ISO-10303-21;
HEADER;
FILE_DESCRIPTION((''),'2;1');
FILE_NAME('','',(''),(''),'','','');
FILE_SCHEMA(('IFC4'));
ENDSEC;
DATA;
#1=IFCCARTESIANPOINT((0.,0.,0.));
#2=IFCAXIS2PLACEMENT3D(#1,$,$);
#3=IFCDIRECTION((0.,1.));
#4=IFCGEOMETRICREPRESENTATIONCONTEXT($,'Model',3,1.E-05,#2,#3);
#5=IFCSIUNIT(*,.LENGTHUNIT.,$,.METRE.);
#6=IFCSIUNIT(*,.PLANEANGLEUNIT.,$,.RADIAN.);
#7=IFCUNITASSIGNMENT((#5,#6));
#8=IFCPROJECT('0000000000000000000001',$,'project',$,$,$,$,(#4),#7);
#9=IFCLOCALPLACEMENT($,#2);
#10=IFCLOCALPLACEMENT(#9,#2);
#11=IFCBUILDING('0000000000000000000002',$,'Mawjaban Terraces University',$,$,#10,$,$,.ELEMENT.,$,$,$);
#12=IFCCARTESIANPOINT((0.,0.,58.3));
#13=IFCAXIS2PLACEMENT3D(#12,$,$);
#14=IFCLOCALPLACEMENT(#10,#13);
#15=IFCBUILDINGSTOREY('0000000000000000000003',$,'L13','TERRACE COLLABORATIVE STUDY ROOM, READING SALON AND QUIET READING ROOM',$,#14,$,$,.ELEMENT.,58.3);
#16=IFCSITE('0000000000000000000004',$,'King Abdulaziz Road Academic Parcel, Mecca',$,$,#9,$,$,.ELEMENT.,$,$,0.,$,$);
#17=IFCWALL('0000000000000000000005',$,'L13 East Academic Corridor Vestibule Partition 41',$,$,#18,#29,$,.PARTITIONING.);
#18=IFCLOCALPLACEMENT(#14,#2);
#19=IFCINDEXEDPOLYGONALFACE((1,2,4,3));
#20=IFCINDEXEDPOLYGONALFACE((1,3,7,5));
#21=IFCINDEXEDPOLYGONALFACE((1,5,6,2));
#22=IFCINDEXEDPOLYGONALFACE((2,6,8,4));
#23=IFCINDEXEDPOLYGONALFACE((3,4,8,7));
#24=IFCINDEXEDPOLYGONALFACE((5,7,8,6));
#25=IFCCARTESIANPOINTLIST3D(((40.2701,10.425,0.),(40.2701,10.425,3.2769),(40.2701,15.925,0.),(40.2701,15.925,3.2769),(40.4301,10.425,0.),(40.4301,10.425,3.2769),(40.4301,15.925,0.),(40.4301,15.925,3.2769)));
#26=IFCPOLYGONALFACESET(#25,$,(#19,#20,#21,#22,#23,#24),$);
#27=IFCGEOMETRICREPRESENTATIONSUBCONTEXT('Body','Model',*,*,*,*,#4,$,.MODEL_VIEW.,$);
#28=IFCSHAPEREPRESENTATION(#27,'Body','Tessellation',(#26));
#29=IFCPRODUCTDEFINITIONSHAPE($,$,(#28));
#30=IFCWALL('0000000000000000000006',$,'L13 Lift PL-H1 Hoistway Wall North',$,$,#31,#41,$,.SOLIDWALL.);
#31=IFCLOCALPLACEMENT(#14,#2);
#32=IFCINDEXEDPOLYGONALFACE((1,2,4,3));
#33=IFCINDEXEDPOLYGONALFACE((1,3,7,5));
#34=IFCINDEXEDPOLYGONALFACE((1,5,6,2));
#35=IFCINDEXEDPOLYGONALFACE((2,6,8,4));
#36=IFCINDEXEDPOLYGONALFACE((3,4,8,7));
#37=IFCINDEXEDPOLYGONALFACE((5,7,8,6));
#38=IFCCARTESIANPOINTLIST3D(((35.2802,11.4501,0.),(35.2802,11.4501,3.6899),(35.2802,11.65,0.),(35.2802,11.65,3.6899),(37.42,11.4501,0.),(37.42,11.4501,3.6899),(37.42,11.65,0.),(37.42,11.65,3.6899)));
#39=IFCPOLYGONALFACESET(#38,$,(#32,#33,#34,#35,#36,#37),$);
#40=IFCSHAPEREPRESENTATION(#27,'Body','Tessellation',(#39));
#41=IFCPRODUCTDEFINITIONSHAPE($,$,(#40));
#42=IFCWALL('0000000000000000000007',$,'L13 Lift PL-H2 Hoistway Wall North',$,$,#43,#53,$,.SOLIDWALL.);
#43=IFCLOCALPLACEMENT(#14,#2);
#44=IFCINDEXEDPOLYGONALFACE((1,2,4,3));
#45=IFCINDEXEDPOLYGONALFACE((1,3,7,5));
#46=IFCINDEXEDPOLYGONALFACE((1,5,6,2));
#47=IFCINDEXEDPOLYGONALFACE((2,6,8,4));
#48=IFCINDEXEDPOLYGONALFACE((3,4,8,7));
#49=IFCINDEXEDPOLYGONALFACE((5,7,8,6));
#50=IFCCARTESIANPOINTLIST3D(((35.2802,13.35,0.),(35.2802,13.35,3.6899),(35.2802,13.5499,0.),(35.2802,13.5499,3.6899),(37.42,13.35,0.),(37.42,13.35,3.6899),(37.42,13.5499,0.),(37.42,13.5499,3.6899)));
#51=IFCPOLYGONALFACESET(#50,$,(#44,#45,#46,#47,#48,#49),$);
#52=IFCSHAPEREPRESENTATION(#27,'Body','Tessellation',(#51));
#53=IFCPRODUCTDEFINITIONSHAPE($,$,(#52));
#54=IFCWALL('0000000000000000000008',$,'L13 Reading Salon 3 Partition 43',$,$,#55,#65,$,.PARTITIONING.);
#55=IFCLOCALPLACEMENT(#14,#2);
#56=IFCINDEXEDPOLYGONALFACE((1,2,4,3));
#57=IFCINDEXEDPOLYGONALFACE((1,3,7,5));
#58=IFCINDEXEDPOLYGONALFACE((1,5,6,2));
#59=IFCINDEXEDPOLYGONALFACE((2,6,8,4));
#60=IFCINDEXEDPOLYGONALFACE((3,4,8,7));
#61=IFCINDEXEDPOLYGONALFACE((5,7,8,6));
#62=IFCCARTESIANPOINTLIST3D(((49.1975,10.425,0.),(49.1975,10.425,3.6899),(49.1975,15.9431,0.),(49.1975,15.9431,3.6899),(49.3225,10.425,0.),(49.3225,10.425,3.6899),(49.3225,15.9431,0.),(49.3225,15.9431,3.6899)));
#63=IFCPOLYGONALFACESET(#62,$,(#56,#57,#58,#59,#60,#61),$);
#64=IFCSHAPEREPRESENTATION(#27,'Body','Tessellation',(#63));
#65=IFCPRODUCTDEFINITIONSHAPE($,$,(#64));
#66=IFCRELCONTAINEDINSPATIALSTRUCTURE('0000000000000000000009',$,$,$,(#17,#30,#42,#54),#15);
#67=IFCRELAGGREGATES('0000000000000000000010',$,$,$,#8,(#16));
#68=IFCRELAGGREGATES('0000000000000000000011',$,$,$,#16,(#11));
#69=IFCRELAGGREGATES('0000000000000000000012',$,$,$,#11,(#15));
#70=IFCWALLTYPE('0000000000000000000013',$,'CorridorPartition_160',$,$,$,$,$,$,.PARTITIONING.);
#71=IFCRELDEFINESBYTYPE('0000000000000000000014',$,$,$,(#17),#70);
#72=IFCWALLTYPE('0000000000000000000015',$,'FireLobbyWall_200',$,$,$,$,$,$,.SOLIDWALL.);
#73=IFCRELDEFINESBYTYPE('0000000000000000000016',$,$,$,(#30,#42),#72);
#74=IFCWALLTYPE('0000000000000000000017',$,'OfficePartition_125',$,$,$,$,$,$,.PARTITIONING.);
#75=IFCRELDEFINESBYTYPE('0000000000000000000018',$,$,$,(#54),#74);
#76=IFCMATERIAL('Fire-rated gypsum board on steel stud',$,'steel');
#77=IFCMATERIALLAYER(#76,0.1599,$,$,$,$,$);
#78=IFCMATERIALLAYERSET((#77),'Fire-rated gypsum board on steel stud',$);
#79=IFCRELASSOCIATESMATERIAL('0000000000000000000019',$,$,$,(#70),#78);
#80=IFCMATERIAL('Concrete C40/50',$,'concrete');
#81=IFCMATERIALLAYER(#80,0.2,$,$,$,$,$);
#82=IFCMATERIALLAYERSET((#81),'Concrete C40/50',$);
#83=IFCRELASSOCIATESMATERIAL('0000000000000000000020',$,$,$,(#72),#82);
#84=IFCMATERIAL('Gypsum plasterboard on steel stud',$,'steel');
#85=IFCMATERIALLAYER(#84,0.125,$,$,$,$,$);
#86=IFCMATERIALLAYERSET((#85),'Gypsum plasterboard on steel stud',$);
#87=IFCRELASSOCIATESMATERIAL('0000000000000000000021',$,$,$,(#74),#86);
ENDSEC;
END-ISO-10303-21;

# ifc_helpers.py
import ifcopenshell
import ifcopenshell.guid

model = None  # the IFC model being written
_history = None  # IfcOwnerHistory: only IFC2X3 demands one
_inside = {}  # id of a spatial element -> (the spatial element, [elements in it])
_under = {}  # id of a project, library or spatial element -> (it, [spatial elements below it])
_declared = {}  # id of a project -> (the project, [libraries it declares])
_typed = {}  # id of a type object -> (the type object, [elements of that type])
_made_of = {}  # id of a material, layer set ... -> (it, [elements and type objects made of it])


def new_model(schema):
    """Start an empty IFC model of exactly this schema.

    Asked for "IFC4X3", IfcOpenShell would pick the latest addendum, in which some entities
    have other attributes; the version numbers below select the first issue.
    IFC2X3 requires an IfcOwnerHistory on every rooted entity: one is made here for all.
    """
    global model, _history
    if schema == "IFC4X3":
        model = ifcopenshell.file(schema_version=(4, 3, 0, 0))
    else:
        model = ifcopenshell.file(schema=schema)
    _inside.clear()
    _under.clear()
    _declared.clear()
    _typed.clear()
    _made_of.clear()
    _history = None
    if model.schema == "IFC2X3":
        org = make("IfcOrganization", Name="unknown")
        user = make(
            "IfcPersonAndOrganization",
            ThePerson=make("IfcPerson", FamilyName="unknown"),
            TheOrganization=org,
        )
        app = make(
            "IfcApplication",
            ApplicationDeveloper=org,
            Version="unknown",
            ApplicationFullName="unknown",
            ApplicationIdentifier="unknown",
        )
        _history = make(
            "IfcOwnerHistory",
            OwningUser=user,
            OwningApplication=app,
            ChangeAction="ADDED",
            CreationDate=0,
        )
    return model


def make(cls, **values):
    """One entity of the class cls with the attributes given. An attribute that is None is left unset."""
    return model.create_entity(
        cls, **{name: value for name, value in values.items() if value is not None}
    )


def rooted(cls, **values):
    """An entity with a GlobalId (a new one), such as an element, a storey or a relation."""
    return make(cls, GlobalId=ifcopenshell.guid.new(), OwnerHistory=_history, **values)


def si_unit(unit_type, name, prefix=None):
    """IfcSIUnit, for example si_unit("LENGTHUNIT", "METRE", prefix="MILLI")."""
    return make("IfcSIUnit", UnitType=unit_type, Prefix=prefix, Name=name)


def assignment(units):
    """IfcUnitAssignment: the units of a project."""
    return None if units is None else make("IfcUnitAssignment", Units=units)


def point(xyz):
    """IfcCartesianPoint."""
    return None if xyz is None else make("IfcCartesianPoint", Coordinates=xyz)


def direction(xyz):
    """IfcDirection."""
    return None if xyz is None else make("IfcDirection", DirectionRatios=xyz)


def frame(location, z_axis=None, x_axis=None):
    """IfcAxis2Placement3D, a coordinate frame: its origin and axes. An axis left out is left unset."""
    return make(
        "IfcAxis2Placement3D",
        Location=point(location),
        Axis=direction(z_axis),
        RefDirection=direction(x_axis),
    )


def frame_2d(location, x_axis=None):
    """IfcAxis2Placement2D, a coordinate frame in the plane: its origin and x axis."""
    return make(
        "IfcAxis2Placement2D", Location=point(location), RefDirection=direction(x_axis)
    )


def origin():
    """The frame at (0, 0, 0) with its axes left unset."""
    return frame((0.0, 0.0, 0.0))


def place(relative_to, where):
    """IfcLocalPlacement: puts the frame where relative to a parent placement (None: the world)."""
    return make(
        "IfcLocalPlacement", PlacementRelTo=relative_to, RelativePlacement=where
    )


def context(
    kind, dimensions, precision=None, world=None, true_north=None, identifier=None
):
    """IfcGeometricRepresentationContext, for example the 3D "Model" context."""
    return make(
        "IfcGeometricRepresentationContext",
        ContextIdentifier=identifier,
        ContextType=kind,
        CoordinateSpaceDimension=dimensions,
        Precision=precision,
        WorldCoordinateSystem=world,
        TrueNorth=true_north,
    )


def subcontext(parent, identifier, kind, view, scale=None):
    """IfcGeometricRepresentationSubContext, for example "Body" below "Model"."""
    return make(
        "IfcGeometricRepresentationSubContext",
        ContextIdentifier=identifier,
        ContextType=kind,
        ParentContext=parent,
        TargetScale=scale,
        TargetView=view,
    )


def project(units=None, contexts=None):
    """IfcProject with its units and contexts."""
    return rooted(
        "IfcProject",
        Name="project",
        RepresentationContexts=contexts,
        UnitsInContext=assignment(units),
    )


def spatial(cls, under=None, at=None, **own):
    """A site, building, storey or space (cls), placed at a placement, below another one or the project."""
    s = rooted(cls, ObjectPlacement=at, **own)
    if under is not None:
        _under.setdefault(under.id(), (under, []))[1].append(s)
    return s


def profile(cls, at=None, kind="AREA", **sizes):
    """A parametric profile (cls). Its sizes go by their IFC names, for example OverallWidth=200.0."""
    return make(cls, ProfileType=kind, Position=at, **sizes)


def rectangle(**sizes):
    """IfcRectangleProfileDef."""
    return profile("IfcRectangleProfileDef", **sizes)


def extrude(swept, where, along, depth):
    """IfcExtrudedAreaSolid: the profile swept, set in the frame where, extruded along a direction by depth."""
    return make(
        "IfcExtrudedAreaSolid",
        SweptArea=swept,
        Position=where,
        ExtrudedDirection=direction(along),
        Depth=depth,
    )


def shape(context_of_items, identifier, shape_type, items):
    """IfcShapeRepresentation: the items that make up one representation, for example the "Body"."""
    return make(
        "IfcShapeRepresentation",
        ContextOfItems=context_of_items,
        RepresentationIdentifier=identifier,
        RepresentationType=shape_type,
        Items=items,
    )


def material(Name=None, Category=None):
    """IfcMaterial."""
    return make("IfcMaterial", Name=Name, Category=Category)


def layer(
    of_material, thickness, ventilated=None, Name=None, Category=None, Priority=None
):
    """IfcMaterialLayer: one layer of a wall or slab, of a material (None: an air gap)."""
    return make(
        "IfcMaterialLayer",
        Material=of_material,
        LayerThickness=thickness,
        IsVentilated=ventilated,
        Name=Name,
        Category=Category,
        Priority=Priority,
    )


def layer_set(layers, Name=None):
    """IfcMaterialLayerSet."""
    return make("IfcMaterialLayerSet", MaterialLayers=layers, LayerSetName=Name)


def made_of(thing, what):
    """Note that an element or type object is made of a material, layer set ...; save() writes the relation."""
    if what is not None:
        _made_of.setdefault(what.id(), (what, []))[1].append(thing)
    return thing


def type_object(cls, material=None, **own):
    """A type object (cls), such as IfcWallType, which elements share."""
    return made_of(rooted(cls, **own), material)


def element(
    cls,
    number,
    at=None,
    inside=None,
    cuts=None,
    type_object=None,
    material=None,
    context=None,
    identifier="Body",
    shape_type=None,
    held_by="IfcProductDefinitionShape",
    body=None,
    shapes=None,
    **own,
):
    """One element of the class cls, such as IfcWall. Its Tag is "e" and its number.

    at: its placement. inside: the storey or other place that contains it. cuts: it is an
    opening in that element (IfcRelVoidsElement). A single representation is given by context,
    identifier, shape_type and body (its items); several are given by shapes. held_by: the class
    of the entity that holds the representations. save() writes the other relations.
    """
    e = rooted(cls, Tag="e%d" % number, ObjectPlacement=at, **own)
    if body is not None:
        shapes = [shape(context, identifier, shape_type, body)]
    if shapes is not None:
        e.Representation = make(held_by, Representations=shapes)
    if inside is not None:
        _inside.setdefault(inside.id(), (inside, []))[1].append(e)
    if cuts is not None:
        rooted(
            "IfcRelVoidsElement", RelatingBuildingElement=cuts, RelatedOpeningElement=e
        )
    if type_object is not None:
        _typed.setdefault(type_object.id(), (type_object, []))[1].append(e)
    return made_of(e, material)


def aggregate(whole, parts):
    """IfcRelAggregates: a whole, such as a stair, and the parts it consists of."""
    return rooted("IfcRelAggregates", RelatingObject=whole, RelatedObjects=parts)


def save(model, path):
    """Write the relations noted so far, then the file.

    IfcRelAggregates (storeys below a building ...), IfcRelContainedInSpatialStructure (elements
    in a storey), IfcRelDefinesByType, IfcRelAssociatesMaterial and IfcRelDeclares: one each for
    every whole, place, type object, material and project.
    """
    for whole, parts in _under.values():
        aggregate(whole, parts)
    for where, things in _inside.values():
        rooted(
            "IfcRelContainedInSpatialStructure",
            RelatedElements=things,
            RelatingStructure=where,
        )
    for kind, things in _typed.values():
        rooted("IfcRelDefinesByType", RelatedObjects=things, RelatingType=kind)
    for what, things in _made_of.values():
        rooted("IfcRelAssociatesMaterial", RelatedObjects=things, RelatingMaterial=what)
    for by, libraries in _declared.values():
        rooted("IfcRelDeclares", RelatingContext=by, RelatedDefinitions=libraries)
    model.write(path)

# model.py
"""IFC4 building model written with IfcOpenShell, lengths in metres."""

from ifc_helpers import new_model, si_unit, direction, frame, frame_2d, origin, place, context, subcontext, project, spatial, rectangle, extrude, material, layer, layer_set, type_object, element, save


model = new_model("IFC4")

# Units and contexts
model_context = context("Model", 3, precision=1e-05, world=origin(), true_north=direction((0.0, 1.0)))
body_context = subcontext(model_context, "Body", "Model", "MODEL_VIEW")
ifc_project = project(units=[si_unit("LENGTHUNIT", "METRE"), si_unit("PLANEANGLEUNIT", "RADIAN")], contexts=[model_context])

# Site, building, storey
site_placement = place(None, origin())
site = spatial("IfcSite", under=ifc_project, at=site_placement, Name="King Abdulaziz Road Academic Parcel, Mecca", CompositionType="ELEMENT", RefElevation=0.0)
building_placement = place(site_placement, origin())
building = spatial("IfcBuilding", under=site, at=building_placement, Name="Mawjaban Terraces University", CompositionType="ELEMENT")
storey_placement = place(building_placement, frame((0.0, 0.0, 58.3)))
storey = spatial("IfcBuildingStorey", under=building, at=storey_placement, Name="L13", Description="TERRACE COLLABORATIVE STUDY ROOM, READING SALON AND QUIET READING ROOM", CompositionType="ELEMENT", Elevation=58.3)

# Shared definitions
ifc_material_1 = material(Name="Fire-rated gypsum board on steel stud", Category="steel")
ifc_layer_1 = layer(ifc_material_1, 0.1599)
ifc_layer_set_1 = layer_set([ifc_layer_1], Name="Fire-rated gypsum board on steel stud")
wall_type_1 = type_object("IfcWallType", Name="CorridorPartition_160", PredefinedType="PARTITIONING", material=ifc_layer_set_1)

# Walls
wall_1_placement = place(storey_placement, frame((40.3501, 10.425, 0.0), z_axis=(0.0, 0.0, 1.0), x_axis=(0.0, 1.0, 0.0)))
element("IfcWall", 1, at=wall_1_placement, inside=storey, type_object=wall_type_1, Name="L13 East Academic Corridor Vestibule Partition 41", PredefinedType="PARTITIONING", context=body_context, shape_type="SweptSolid", body=[
    extrude(rectangle(XDim=5.5, YDim=0.1599, at=frame_2d((2.75, 0.0))), origin(), (0.0, 0.0, 1.0), 3.2769),
])
ifc_material_2 = material(Name="Concrete C40/50", Category="concrete")
ifc_layer_2 = layer(ifc_material_2, 0.2)
ifc_layer_set_2 = layer_set([ifc_layer_2], Name="Concrete C40/50")
wall_type_2 = type_object("IfcWallType", Name="FireLobbyWall_200", PredefinedType="SOLIDWALL", material=ifc_layer_set_2)
for number, where, z_axis, x_axis, name in (
    (2, (37.4199, 11.55, 0.0), (0.0, 0.0, 1.0), (-1.0, 0.0, 0.0), "L13 Lift PL-H1 Hoistway Wall North"),
    (3, (37.4199, 13.45, 0.0), (0.0, 0.0, 1.0), (-1.0, 0.0, 0.0), "L13 Lift PL-H2 Hoistway Wall North"),
):
    element("IfcWall", number, at=place(storey_placement, frame(where, z_axis=z_axis, x_axis=x_axis)), inside=storey, type_object=wall_type_2, Name=name, PredefinedType="SOLIDWALL", context=body_context, shape_type="SweptSolid", body=[
        extrude(rectangle(XDim=2.1399, YDim=0.2, at=frame_2d((1.0698, 0.0))), origin(), (0.0, 0.0, 1.0), 3.6899),
    ])
ifc_material_3 = material(Name="Gypsum plasterboard on steel stud", Category="steel")
ifc_layer_3 = layer(ifc_material_3, 0.125)
ifc_layer_set_3 = layer_set([ifc_layer_3], Name="Gypsum plasterboard on steel stud")
wall_type_3 = type_object("IfcWallType", Name="OfficePartition_125", PredefinedType="PARTITIONING", material=ifc_layer_set_3)
wall_2_placement = place(storey_placement, frame((49.26, 10.425, 0.0), z_axis=(0.0, 0.0, 1.0), x_axis=(0.0, 1.0, 0.0)))
element("IfcWall", 4, at=wall_2_placement, inside=storey, type_object=wall_type_3, Name="L13 Reading Salon 3 Partition 43", PredefinedType="PARTITIONING", context=body_context, shape_type="SweptSolid", body=[
    extrude(rectangle(XDim=5.5181, YDim=0.125, at=frame_2d((2.759, 0.0))), origin(), (0.0, 0.0, 1.0), 3.6899),
])

save(model, "model.ifc")
